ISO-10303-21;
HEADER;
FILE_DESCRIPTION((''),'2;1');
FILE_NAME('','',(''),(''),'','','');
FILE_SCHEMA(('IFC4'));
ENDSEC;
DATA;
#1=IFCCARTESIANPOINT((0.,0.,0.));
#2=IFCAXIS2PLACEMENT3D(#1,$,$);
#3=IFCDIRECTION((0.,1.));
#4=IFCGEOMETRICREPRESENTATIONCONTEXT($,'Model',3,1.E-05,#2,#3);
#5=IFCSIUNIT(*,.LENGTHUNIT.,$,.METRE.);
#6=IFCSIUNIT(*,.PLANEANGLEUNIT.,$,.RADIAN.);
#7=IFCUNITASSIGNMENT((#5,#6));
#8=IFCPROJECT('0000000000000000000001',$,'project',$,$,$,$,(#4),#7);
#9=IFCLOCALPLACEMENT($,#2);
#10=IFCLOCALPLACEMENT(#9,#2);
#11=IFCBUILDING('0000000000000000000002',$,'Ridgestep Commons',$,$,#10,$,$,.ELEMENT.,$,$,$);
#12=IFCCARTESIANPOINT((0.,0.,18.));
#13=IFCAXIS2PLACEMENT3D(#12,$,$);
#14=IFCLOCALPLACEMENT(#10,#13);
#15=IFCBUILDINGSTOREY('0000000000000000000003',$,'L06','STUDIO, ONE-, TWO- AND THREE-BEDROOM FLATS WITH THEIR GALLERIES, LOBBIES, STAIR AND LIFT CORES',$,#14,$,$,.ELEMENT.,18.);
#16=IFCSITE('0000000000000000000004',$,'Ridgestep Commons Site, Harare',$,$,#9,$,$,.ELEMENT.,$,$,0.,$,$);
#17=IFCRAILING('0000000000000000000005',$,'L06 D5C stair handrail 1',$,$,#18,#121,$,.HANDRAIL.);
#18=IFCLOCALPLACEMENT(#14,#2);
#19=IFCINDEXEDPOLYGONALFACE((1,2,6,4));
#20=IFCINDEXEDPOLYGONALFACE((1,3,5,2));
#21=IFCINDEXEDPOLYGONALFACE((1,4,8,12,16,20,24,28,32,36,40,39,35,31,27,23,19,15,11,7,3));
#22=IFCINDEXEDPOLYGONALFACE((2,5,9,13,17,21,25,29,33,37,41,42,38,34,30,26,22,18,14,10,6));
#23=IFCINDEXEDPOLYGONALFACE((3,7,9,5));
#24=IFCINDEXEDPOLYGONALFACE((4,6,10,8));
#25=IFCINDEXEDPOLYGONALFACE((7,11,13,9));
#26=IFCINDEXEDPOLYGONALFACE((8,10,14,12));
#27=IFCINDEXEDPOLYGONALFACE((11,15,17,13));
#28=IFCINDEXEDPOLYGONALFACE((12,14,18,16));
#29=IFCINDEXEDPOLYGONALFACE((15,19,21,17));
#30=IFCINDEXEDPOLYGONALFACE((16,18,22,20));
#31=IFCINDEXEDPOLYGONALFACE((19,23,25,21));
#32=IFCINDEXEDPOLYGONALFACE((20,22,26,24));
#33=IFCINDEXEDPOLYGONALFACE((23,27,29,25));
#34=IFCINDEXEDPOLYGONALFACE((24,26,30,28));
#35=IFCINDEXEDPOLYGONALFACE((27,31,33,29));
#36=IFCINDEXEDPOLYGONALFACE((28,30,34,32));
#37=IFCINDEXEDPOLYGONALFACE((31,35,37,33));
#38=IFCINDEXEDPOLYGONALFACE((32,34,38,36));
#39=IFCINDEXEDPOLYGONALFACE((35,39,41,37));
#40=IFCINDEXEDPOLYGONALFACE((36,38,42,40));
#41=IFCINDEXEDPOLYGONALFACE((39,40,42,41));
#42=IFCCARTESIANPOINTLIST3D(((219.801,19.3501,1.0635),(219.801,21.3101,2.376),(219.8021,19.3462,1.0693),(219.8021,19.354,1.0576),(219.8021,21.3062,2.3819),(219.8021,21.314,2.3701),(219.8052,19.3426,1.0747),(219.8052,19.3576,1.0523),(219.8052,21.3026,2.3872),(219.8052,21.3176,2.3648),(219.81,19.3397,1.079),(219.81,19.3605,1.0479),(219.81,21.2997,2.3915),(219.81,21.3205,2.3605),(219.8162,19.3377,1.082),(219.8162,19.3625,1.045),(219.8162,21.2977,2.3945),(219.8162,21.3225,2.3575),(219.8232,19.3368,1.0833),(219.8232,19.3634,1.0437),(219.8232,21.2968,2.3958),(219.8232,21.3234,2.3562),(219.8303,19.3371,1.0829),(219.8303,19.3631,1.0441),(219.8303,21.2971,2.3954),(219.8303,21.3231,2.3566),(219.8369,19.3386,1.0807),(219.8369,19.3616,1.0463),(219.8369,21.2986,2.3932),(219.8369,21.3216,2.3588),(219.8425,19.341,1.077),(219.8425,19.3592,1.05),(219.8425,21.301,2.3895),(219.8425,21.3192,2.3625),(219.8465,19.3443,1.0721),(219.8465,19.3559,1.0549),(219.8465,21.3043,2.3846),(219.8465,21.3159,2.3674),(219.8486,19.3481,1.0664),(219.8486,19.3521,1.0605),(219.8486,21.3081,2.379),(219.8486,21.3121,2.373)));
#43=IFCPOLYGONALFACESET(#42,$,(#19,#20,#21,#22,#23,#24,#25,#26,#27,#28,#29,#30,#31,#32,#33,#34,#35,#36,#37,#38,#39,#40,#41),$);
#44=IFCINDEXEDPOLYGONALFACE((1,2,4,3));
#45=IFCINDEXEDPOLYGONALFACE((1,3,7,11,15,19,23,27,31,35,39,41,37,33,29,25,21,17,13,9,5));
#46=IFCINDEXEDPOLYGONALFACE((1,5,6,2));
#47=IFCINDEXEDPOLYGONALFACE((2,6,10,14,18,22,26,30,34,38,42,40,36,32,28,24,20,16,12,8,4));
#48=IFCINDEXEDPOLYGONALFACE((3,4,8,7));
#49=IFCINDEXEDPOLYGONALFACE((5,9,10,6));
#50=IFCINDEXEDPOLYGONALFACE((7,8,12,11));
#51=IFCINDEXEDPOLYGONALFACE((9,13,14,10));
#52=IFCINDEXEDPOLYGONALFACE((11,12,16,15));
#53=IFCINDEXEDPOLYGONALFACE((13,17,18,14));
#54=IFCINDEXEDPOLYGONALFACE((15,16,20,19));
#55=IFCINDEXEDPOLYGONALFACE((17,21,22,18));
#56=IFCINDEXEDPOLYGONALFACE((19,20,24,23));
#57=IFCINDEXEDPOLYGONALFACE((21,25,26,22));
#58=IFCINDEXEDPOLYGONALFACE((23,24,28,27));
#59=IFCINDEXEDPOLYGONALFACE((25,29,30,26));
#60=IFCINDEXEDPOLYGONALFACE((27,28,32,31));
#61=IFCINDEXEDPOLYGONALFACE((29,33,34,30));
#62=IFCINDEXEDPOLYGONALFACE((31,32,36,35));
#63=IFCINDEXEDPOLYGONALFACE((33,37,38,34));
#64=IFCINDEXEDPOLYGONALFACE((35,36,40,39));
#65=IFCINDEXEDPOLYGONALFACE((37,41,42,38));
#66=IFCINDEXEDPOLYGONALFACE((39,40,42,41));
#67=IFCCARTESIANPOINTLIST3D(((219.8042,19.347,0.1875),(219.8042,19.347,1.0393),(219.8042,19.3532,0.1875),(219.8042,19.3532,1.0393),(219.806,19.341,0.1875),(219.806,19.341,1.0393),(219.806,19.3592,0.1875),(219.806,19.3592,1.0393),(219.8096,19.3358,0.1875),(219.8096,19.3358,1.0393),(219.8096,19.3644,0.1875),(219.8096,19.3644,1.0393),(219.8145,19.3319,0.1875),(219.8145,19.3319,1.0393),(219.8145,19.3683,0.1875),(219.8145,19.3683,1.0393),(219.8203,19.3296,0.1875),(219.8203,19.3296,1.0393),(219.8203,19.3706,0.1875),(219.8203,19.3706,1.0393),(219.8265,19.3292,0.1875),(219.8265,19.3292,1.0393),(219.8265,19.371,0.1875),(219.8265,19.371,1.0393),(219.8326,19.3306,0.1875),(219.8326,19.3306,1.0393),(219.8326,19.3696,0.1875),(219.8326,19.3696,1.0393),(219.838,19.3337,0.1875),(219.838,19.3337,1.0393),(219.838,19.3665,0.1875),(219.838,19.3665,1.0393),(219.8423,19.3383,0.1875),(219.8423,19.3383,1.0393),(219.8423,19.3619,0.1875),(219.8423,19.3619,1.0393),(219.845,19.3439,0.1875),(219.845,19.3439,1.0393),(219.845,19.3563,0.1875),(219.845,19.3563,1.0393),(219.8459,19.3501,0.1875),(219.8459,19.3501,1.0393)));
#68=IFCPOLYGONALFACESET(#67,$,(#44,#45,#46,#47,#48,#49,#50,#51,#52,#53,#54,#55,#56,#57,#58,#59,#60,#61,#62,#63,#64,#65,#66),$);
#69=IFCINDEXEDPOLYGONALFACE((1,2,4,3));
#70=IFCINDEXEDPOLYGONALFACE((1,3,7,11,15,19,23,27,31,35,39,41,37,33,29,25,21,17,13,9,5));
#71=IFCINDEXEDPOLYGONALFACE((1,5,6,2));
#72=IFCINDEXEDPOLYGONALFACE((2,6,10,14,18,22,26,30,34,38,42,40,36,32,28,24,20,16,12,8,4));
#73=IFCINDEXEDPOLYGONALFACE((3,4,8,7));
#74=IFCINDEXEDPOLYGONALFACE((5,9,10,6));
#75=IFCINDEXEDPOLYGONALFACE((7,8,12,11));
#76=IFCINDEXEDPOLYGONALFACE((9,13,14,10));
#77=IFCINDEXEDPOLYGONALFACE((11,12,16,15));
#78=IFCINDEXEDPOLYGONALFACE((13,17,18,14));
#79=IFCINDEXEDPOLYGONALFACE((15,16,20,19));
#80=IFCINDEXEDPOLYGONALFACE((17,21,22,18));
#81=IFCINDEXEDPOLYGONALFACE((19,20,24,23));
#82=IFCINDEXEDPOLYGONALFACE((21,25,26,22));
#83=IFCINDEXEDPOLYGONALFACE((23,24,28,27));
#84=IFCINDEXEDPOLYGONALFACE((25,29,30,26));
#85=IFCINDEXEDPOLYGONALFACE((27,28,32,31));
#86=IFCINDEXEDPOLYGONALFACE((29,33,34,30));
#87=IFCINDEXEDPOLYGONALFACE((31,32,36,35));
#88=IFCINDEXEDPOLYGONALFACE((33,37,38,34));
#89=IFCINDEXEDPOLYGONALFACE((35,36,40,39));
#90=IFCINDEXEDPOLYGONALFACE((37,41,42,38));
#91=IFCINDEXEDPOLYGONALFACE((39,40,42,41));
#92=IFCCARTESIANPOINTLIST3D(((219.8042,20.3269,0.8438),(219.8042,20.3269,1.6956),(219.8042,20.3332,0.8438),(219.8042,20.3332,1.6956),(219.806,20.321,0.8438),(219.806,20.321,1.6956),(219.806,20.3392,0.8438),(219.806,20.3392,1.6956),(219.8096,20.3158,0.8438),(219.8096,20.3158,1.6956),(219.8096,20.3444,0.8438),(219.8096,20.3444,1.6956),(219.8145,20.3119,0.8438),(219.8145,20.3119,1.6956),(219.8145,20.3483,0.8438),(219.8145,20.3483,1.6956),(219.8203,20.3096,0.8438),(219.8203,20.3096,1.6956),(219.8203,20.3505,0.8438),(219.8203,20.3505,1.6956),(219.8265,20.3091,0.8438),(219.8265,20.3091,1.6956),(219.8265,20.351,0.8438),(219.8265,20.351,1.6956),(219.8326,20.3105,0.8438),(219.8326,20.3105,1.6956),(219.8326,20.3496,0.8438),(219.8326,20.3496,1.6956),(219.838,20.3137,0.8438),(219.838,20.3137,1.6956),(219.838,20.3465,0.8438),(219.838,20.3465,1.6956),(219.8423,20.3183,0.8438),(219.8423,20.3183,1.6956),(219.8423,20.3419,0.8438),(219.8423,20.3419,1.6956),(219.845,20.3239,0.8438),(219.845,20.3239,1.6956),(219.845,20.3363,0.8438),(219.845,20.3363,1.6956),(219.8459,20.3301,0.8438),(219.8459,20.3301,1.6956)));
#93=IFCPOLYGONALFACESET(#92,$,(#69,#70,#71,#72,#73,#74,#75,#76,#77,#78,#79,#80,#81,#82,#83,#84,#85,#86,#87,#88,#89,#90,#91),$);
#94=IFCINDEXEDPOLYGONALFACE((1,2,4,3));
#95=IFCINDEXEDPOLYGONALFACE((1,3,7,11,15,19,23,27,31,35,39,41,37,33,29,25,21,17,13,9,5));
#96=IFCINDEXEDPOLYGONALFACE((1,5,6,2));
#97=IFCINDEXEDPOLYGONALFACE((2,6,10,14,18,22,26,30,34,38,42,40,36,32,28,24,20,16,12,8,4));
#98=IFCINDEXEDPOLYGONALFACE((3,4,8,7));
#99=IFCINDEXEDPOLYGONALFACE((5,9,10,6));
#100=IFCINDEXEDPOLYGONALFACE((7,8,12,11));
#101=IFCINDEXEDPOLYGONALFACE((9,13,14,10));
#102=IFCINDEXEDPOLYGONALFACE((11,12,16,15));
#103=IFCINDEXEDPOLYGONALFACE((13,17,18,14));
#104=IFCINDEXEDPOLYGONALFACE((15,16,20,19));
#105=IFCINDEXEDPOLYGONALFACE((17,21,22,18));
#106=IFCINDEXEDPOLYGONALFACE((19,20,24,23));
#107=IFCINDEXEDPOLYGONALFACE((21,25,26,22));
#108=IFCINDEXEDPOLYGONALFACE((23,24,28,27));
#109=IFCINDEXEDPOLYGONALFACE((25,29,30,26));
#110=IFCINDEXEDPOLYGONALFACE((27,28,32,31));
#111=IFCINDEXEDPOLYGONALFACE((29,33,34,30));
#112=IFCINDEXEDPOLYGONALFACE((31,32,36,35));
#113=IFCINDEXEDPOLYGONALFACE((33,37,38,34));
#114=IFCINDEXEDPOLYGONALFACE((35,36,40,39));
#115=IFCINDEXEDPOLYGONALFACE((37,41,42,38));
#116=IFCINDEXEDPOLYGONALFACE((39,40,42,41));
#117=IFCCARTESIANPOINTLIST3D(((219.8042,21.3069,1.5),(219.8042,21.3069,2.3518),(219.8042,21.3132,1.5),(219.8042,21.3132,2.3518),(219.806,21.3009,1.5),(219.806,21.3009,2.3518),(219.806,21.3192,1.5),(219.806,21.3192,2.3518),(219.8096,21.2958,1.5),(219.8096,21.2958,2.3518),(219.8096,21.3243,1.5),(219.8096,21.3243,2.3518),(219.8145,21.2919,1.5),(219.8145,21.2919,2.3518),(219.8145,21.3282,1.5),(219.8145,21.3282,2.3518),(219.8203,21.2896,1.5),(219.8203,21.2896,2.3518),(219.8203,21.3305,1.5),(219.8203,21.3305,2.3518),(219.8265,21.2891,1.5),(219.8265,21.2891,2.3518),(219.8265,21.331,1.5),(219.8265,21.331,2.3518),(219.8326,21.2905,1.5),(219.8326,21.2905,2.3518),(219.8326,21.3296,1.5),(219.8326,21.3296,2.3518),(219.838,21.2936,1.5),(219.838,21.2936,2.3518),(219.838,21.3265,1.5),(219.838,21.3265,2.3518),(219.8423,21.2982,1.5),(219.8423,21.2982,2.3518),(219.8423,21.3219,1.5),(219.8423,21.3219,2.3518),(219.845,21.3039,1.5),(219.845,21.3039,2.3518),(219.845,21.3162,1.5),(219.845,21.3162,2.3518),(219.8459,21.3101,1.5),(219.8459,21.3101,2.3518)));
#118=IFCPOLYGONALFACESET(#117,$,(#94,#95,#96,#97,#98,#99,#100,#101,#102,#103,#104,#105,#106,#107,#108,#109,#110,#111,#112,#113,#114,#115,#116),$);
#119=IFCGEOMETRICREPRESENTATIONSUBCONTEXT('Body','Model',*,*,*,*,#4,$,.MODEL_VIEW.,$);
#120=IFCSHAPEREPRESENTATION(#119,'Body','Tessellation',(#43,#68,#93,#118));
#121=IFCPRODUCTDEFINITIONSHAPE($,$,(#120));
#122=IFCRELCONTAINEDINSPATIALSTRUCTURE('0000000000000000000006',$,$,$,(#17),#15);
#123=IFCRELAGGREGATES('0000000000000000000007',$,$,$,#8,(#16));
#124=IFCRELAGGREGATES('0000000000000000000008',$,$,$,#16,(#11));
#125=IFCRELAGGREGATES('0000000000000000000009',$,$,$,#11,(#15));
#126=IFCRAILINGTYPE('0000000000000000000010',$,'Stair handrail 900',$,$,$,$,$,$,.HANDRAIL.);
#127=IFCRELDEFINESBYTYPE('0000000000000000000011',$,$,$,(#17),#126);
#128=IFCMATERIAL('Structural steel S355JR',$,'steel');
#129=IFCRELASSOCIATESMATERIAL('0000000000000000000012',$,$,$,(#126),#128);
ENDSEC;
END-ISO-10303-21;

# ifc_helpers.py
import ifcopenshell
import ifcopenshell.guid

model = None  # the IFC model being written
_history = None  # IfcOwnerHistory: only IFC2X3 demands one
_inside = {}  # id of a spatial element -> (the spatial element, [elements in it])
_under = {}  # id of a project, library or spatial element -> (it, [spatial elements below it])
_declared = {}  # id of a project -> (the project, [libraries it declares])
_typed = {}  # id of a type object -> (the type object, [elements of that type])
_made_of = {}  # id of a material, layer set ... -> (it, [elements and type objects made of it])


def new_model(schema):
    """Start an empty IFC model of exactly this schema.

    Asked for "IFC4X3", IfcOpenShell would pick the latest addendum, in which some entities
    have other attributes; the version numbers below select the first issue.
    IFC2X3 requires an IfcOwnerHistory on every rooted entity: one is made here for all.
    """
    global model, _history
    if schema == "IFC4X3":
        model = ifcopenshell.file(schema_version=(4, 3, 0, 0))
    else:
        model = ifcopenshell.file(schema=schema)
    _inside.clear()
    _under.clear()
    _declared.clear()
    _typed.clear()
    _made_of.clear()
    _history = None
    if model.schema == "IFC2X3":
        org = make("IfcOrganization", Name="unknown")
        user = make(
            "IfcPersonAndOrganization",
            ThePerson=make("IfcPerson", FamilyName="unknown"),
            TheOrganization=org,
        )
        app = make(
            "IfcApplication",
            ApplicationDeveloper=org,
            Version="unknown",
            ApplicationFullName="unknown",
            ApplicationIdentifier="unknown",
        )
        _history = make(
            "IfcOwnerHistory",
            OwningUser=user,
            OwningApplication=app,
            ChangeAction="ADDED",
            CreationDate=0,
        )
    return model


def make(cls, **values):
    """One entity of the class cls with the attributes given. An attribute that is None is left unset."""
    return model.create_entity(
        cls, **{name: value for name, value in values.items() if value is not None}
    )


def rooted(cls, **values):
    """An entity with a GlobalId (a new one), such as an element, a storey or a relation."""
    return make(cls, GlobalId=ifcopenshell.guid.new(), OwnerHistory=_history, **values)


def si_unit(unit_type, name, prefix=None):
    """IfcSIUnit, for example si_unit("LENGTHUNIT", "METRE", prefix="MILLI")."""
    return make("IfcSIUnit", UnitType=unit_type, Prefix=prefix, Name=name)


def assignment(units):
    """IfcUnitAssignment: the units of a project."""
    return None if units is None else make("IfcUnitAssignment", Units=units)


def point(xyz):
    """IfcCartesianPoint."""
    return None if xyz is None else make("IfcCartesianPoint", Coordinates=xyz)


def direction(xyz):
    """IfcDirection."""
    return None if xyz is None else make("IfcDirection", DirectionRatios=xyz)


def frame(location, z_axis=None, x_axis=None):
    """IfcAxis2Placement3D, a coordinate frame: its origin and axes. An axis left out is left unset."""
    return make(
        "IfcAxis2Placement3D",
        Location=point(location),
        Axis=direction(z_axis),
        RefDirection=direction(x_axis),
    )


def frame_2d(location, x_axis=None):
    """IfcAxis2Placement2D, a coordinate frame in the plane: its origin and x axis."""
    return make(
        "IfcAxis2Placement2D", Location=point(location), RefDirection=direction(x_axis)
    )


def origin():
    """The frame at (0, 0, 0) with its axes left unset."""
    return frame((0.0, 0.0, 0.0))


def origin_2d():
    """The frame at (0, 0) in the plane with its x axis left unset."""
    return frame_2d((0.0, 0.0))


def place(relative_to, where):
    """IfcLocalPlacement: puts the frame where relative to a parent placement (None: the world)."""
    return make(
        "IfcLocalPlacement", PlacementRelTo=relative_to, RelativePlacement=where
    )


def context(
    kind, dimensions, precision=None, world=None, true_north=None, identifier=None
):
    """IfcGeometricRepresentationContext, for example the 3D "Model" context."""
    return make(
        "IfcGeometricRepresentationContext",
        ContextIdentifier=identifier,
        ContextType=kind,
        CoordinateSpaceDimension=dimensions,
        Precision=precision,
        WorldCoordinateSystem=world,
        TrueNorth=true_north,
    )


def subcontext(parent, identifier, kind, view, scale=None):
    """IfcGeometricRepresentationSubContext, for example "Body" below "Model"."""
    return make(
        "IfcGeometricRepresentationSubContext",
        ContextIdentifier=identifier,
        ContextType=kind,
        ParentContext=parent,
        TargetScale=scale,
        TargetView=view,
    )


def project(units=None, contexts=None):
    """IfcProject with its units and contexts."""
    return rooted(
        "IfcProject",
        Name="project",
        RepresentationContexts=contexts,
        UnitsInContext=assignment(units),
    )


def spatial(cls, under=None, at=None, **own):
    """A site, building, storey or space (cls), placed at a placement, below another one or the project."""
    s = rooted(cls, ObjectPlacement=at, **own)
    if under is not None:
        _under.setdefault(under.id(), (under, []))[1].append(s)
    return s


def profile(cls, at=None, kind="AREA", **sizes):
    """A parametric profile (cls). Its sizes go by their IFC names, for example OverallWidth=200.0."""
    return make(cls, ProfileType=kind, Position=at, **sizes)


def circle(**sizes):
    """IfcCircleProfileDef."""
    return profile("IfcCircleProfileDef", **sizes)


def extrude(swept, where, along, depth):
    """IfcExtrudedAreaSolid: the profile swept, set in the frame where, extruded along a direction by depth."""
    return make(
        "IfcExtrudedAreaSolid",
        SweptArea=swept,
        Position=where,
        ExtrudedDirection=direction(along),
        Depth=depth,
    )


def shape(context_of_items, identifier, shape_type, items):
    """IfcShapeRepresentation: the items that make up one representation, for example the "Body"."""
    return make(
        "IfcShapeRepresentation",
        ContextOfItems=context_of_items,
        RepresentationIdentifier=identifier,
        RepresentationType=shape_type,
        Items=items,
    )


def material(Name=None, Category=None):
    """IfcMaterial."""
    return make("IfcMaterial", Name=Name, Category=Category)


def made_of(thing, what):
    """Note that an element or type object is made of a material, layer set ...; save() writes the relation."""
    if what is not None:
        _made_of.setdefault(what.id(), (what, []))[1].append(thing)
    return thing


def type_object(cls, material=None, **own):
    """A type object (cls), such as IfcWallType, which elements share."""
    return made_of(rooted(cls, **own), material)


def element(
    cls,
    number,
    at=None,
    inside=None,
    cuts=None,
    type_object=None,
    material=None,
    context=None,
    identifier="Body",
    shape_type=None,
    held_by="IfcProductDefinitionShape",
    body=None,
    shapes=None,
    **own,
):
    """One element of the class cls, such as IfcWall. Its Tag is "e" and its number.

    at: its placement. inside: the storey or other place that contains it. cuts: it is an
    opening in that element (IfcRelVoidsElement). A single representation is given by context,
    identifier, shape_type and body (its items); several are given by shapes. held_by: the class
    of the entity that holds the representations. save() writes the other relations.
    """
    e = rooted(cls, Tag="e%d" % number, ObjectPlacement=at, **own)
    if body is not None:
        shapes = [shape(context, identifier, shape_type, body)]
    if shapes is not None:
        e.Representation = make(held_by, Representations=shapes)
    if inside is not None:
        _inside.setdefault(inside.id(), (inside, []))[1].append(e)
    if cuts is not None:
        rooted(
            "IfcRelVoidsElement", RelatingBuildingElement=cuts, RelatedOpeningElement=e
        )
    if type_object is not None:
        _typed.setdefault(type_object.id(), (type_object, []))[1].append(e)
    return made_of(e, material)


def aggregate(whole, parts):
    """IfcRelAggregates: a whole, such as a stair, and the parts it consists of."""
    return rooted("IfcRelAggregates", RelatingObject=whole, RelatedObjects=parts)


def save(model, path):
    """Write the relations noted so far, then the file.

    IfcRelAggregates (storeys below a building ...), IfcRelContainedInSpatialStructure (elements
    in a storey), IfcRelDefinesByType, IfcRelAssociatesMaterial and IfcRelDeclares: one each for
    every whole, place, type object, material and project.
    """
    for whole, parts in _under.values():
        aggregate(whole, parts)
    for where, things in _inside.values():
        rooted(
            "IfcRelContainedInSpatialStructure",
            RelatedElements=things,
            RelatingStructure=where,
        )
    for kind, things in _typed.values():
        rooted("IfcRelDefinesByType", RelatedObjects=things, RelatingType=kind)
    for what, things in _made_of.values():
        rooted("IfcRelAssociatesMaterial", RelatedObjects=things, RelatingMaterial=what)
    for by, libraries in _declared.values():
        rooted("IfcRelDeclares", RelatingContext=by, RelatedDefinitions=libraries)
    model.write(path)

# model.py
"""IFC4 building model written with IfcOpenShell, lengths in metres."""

from ifc_helpers import new_model, si_unit, direction, frame, origin, origin_2d, place, context, subcontext, project, spatial, circle, extrude, material, type_object, element, save


model = new_model("IFC4")

# Units and contexts
model_context = context("Model", 3, precision=1e-05, world=origin(), true_north=direction((0.0, 1.0)))
body_context = subcontext(model_context, "Body", "Model", "MODEL_VIEW")
ifc_project = project(units=[si_unit("LENGTHUNIT", "METRE"), si_unit("PLANEANGLEUNIT", "RADIAN")], contexts=[model_context])

# Site, building, storey
site_placement = place(None, origin())
site = spatial("IfcSite", under=ifc_project, at=site_placement, Name="Ridgestep Commons Site, Harare", CompositionType="ELEMENT", RefElevation=0.0)
building_placement = place(site_placement, origin())
building = spatial("IfcBuilding", under=site, at=building_placement, Name="Ridgestep Commons", CompositionType="ELEMENT")
storey_placement = place(building_placement, frame((0.0, 0.0, 18.0)))
storey = spatial("IfcBuildingStorey", under=building, at=storey_placement, Name="L06", Description="STUDIO, ONE-, TWO- AND THREE-BEDROOM FLATS WITH THEIR GALLERIES, LOBBIES, STAIR AND LIFT CORES", CompositionType="ELEMENT", Elevation=18.0)

# Railing
ifc_material_1 = material(Name="Structural steel S355JR", Category="steel")
railing_type_1 = type_object("IfcRailingType", Name="Stair handrail 900", PredefinedType="HANDRAIL", material=ifc_material_1)
railing_1_placement = place(storey_placement, frame((219.825, 19.3501, 0.1875)))
element("IfcRailing", 1, at=railing_1_placement, inside=storey, type_object=railing_type_1, Name="L06 D5C stair handrail 1", PredefinedType="HANDRAIL", context=body_context, shape_type="SweptSolid", body=[
    extrude(circle(Radius=0.0239, at=origin_2d()), frame((0.0, 0.0, 0.876), z_axis=(0.0, 0.830902, 0.556419), x_axis=(-1.0, 0.0, 0.0)), (0.0, 0.0, 1.0), 2.3589),
    extrude(circle(Radius=0.021, at=origin_2d()), origin(), (0.0, 0.0, 1.0), 0.8518),
    extrude(circle(Radius=0.021, at=origin_2d()), frame((0.0, 0.98, 0.6562)), (0.0, 0.0, 1.0), 0.8518),
    extrude(circle(Radius=0.021, at=origin_2d()), frame((0.0, 1.96, 1.3125)), (0.0, 0.0, 1.0), 0.8518),
])

save(model, "model.ifc")
